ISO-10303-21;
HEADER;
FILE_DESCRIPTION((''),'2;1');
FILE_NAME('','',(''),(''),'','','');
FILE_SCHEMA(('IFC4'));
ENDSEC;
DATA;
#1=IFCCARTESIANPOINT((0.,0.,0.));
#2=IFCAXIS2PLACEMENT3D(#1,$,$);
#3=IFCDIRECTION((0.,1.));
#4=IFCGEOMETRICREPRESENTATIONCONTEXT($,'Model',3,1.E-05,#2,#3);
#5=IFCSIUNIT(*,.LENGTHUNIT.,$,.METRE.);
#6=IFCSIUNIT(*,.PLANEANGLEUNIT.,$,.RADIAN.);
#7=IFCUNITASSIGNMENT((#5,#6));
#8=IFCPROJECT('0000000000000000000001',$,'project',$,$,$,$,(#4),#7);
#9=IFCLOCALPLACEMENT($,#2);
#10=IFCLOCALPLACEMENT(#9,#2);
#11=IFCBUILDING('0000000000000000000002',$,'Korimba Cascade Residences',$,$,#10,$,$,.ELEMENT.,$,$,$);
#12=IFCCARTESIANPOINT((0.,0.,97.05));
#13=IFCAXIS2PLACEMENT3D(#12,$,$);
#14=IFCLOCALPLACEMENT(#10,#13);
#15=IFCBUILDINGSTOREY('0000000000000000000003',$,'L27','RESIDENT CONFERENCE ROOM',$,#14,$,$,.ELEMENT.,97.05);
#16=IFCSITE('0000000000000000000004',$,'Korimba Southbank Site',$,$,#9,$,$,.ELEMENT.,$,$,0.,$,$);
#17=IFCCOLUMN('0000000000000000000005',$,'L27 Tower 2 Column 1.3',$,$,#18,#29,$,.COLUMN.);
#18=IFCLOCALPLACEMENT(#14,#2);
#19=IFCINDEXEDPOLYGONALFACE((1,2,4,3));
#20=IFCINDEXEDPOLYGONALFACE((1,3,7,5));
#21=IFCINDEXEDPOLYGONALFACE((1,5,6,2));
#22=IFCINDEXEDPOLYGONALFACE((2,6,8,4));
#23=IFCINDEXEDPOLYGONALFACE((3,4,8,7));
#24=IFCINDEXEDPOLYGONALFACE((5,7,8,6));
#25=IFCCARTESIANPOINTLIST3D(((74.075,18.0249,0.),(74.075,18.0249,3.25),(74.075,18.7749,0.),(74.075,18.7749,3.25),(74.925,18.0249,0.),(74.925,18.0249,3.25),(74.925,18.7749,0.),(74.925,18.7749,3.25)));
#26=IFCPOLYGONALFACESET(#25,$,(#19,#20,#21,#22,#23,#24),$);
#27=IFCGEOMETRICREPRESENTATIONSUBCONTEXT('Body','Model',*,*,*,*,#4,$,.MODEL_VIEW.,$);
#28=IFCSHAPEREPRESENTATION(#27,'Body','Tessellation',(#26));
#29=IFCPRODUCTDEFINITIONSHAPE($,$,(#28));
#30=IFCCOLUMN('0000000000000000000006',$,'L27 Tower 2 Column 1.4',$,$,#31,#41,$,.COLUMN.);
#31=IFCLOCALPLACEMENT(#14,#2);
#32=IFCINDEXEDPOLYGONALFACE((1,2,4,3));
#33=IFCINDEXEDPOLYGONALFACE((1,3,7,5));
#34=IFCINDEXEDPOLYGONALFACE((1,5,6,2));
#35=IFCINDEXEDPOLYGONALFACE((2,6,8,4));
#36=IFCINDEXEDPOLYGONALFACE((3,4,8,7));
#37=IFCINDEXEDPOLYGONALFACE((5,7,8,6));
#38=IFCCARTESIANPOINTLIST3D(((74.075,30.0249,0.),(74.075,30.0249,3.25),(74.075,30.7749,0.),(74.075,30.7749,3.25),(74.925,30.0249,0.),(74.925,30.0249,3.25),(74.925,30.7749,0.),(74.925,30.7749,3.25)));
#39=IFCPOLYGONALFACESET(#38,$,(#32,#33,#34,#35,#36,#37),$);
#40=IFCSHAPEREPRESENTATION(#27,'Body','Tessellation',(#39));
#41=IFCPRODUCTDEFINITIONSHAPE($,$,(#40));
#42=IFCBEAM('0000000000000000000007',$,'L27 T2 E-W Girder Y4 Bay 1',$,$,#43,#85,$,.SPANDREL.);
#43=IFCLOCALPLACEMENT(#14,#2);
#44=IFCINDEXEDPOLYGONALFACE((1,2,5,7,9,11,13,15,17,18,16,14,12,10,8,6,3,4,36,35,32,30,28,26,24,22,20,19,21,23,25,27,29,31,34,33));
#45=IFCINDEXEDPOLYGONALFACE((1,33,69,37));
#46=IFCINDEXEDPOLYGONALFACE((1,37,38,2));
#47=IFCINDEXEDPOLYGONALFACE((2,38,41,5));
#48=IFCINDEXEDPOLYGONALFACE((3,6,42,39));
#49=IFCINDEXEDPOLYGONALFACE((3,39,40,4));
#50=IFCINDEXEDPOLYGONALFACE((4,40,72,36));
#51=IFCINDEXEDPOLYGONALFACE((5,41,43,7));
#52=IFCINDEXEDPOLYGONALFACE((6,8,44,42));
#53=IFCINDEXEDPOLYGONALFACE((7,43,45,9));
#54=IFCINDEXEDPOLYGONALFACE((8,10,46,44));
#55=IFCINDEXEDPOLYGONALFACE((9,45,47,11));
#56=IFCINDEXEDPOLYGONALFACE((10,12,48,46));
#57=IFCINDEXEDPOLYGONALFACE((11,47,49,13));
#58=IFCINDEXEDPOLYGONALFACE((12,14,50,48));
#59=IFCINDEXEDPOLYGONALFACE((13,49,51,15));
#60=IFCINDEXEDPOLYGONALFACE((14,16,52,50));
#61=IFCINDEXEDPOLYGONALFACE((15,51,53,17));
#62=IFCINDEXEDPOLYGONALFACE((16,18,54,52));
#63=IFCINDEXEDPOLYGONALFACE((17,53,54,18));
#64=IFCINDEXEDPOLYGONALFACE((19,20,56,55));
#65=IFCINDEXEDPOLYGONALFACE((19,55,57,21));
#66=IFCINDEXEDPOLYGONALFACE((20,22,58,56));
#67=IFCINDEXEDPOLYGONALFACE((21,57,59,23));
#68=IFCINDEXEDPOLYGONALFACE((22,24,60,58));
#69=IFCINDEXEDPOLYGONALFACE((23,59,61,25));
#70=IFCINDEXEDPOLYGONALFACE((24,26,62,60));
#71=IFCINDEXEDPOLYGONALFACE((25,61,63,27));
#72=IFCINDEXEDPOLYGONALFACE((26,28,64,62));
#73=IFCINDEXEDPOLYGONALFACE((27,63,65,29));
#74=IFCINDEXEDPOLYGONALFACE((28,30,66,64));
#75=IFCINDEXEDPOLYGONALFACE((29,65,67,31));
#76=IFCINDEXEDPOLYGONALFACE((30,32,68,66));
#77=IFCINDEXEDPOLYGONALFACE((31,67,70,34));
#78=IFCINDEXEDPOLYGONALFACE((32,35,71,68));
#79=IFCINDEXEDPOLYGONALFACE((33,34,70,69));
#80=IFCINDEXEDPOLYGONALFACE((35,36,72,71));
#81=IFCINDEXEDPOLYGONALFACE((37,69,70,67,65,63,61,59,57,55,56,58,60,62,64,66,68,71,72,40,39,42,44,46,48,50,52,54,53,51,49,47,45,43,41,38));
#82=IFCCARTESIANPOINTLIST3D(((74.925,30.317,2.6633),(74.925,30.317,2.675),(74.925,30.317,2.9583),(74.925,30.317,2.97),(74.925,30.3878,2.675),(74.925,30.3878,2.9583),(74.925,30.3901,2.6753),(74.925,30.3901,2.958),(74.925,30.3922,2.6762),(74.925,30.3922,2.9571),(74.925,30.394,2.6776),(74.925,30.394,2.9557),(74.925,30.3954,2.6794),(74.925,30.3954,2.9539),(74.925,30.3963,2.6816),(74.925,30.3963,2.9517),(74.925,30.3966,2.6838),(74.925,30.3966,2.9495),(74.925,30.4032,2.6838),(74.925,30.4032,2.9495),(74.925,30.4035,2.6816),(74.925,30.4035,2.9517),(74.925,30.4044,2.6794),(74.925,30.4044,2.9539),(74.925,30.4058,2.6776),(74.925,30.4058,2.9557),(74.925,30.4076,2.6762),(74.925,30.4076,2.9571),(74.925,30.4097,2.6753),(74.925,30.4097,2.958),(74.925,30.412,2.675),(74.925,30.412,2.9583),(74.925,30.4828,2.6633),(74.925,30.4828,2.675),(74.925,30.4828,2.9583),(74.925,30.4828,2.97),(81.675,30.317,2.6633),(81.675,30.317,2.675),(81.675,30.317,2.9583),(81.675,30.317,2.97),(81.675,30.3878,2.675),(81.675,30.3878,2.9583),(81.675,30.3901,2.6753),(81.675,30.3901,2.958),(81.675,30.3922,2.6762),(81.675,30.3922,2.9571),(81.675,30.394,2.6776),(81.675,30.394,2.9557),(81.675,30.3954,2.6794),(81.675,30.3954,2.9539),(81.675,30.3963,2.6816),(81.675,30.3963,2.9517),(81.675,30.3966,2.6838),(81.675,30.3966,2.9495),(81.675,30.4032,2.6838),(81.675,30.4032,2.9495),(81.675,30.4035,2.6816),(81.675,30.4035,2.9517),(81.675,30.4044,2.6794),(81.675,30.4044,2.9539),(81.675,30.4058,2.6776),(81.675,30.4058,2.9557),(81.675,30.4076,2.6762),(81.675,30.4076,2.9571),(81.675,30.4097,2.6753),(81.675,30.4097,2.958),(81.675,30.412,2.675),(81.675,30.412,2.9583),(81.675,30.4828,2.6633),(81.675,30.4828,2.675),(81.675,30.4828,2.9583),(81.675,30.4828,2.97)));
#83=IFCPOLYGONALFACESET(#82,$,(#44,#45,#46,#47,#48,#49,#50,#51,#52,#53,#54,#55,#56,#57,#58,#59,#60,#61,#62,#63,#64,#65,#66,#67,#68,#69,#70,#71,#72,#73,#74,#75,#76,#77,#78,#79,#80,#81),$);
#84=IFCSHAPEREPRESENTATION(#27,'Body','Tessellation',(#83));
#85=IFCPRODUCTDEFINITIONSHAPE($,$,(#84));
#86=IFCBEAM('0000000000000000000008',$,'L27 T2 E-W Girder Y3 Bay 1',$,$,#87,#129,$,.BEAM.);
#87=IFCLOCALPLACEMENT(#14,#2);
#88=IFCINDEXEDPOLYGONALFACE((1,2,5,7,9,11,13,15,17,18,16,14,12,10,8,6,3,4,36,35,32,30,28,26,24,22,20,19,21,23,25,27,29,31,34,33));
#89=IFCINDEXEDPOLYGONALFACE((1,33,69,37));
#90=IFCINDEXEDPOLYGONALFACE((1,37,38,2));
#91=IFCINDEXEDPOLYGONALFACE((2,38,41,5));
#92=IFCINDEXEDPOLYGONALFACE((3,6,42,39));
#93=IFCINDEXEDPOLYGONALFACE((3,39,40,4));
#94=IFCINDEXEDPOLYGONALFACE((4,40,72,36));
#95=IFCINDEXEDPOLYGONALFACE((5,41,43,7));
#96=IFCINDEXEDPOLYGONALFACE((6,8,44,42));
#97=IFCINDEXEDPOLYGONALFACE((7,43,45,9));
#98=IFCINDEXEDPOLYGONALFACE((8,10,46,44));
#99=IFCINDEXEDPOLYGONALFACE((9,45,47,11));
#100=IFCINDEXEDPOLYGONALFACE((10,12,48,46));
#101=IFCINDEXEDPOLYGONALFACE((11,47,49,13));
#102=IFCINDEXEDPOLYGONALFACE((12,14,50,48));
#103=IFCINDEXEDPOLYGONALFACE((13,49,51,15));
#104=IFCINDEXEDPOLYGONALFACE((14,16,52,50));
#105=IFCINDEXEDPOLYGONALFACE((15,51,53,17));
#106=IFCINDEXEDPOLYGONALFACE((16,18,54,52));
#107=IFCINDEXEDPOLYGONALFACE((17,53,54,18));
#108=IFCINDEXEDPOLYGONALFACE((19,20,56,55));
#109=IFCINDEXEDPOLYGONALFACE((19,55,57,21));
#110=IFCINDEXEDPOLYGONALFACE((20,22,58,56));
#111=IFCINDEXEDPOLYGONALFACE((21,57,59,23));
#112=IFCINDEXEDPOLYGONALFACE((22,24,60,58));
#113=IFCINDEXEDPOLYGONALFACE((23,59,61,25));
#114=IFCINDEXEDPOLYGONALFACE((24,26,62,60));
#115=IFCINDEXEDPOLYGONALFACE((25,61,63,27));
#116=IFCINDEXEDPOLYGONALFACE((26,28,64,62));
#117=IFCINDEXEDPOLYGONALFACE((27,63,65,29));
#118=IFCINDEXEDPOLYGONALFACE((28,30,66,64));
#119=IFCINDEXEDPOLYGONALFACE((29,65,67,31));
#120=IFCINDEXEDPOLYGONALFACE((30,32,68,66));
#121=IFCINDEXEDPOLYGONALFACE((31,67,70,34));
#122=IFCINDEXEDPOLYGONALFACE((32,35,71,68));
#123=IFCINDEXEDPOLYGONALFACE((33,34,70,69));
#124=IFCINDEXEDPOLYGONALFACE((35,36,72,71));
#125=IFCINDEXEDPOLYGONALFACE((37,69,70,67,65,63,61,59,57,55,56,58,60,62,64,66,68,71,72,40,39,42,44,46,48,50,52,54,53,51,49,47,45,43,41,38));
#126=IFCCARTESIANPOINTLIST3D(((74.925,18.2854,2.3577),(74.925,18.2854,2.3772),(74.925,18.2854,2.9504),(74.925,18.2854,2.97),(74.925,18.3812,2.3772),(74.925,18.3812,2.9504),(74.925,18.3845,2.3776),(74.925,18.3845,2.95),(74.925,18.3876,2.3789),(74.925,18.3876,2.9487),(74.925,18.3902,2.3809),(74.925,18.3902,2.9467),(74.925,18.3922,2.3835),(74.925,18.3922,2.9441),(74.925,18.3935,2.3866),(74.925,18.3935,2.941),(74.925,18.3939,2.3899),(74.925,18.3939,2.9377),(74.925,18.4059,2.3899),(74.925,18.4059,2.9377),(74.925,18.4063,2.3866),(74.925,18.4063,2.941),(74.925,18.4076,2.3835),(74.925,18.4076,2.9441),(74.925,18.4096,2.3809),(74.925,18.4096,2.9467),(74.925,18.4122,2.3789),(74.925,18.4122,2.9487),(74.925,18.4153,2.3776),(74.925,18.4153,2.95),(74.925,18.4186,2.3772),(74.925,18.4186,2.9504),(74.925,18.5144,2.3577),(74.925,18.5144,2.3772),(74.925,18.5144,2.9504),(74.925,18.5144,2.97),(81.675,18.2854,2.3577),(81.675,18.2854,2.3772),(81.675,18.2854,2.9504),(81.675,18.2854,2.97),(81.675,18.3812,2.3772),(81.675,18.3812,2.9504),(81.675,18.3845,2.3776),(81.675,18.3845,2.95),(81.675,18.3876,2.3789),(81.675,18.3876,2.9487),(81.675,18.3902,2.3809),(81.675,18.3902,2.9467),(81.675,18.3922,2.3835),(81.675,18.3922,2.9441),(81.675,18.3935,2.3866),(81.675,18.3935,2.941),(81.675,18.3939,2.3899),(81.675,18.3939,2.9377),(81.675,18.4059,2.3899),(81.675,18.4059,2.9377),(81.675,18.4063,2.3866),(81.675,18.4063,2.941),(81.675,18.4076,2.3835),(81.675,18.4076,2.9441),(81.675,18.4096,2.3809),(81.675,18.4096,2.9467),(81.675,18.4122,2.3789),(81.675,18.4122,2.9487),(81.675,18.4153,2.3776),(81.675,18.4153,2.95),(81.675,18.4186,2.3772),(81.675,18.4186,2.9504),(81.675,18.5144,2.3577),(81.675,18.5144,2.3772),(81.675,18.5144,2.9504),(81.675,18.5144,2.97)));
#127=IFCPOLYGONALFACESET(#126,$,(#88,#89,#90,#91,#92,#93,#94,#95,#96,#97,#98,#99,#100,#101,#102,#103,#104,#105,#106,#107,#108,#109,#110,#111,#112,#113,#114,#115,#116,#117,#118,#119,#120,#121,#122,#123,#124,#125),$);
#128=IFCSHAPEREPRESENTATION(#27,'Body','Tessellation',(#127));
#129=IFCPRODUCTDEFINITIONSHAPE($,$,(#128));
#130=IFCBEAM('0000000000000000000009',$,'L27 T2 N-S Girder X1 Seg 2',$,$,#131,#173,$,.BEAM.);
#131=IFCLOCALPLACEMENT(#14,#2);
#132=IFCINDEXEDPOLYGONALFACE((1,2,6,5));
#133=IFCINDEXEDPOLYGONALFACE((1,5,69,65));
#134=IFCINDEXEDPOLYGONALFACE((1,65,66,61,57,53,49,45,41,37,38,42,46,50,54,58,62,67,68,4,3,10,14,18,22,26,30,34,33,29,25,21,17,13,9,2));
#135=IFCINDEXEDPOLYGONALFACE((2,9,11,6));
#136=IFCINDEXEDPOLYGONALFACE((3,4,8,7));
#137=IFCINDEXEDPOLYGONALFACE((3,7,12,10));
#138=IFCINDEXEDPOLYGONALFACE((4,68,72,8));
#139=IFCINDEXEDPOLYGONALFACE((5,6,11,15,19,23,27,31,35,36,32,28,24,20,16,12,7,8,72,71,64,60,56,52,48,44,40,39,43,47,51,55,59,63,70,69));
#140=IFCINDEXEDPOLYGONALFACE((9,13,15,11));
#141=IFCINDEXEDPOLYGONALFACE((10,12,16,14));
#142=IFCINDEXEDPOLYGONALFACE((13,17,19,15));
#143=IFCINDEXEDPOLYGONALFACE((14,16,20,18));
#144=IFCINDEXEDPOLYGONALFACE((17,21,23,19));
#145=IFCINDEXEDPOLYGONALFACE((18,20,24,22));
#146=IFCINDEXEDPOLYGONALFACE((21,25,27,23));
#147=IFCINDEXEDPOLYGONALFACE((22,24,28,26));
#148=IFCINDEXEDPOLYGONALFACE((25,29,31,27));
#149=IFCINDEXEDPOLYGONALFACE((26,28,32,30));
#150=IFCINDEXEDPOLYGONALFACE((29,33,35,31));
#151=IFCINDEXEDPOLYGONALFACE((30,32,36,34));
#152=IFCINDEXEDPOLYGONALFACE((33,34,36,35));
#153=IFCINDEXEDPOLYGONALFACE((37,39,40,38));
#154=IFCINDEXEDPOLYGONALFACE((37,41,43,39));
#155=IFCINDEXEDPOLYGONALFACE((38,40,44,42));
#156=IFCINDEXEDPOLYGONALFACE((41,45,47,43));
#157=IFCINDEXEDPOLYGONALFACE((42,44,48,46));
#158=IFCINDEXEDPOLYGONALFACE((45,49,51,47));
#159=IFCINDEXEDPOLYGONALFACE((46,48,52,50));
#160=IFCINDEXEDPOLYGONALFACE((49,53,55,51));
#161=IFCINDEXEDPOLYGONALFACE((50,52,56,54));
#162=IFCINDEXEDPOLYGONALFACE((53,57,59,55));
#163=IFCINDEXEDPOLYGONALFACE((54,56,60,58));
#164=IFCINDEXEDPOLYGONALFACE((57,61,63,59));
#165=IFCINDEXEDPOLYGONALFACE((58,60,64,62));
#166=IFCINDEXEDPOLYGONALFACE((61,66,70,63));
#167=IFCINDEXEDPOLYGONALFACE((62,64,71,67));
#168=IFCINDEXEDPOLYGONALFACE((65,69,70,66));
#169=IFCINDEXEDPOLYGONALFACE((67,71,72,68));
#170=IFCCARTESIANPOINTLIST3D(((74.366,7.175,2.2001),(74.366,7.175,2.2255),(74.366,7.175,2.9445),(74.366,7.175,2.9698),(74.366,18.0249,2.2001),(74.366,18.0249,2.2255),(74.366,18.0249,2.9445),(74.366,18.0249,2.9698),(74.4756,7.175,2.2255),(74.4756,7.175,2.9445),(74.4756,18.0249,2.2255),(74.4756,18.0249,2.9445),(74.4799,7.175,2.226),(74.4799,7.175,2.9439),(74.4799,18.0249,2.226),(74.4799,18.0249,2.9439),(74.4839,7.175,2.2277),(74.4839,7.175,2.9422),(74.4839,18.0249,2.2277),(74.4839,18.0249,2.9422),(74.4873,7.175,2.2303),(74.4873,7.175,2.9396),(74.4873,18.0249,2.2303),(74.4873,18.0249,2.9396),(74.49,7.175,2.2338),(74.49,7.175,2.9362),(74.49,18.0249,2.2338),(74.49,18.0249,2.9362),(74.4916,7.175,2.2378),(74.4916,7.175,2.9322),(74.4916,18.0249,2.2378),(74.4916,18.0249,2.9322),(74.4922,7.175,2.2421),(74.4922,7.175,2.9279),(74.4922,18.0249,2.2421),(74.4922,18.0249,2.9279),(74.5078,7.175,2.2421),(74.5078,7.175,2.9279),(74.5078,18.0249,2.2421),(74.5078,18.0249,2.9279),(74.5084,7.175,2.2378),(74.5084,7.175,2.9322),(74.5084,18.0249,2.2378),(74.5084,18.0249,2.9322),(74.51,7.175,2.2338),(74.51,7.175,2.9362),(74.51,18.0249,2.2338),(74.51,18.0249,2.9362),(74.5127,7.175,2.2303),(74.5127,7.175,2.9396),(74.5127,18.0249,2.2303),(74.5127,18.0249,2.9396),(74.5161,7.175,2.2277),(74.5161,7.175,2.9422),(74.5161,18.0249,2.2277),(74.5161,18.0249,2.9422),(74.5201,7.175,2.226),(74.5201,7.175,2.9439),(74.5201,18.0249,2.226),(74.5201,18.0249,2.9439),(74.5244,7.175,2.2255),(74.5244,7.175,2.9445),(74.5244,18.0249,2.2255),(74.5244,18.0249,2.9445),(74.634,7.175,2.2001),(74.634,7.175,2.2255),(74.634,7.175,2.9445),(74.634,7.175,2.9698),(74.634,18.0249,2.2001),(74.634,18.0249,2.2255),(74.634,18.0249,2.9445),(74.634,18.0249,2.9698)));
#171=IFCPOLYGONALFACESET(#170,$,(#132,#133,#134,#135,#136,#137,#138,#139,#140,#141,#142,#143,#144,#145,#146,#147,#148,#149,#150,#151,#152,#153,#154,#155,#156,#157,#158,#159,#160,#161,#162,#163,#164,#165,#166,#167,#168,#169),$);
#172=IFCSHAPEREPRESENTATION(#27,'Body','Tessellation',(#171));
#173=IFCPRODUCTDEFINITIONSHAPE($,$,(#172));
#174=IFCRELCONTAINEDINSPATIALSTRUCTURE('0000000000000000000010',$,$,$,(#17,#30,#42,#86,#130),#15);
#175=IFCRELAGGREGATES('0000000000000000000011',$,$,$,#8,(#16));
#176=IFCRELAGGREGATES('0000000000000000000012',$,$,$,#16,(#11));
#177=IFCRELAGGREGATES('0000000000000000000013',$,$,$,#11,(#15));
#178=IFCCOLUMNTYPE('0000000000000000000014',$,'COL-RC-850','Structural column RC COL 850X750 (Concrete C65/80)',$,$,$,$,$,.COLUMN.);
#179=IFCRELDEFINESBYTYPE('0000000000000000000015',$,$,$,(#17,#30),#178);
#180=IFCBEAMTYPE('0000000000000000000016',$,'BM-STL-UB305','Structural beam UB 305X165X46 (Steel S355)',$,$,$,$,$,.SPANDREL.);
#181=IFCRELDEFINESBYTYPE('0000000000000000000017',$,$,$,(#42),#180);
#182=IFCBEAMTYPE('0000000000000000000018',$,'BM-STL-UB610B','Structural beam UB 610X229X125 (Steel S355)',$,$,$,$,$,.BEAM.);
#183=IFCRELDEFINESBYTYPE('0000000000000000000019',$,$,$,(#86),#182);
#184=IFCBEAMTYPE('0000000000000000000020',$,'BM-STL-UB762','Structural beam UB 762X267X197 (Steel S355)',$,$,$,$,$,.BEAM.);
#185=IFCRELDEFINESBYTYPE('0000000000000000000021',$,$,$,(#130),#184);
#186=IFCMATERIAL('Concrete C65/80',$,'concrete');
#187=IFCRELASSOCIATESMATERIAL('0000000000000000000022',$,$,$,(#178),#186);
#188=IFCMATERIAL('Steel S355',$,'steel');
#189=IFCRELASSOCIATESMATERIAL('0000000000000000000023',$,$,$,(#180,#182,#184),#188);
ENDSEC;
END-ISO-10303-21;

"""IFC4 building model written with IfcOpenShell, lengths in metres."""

from ifc_helpers import new_model, si_unit, direction, frame, origin, origin_2d, place, context, subcontext, project, spatial, rectangle, i_section, extrude, material, material_profile, profile_set, type_object, element, save


model = new_model("IFC4")

# Units and contexts
model_context = context("Model", 3, precision=1e-05, world=origin(), true_north=direction((0.0, 1.0)))
body_context = subcontext(model_context, "Body", "Model", "MODEL_VIEW")
ifc_project = project(units=[si_unit("LENGTHUNIT", "METRE"), si_unit("PLANEANGLEUNIT", "RADIAN")], contexts=[model_context])

# Site, building, storey
site_placement = place(None, origin())
site = spatial("IfcSite", under=ifc_project, at=site_placement, Name="Korimba Southbank Site", CompositionType="ELEMENT", RefElevation=0.0)
building_placement = place(site_placement, origin())
building = spatial("IfcBuilding", under=site, at=building_placement, Name="Korimba Cascade Residences", CompositionType="ELEMENT")
storey_placement = place(building_placement, frame((0.0, 0.0, 97.05)))
storey = spatial("IfcBuildingStorey", under=building, at=storey_placement, Name="L27", Description="RESIDENT CONFERENCE ROOM", CompositionType="ELEMENT", Elevation=97.05)

# Columns
ifc_material_1 = material(Name="Concrete C65/80", Category="concrete")
ifc_material_profile_1 = material_profile(ifc_material_1, rectangle(XDim=0.8501, YDim=0.75, at=origin_2d()), Name="Concrete C65/80")
ifc_profile_set_1 = profile_set([ifc_material_profile_1], Name="Concrete C65/80")
column_type = type_object("IfcColumnType", Name="COL-RC-850", Description="Structural column RC COL 850X750 (Concrete C65/80)", PredefinedType="COLUMN", material=ifc_profile_set_1)
for number, where, z_axis, x_axis, name in (
    (1, (74.5, 18.3999, 0.0), (0.0, 0.0, 1.0), (1.0, 0.0, 0.0), "L27 Tower 2 Column 1.3"),
    (2, (74.5, 30.3999, 0.0), (0.0, 0.0, 1.0), (1.0, 0.0, 0.0), "L27 Tower 2 Column 1.4"),
):
    element("IfcColumn", number, at=place(storey_placement, frame(where, z_axis=z_axis, x_axis=x_axis)), inside=storey, type_object=column_type, Name=name, PredefinedType="COLUMN", context=body_context, shape_type="SweptSolid", body=[
        extrude(rectangle(XDim=0.8501, YDim=0.75, at=origin_2d()), origin(), (0.0, 0.0, 1.0), 3.25),
    ])

# Beams
ifc_material_2 = material(Name="Steel S355", Category="steel")
ifc_material_profile_2 = material_profile(ifc_material_2, i_section(OverallWidth=0.1658, OverallDepth=0.3066, WebThickness=0.0066, FlangeThickness=0.0117, FilletRadius=0.0088, at=origin_2d()), Name="Steel S355")
ifc_profile_set_2 = profile_set([ifc_material_profile_2], Name="Steel S355")
beam_type_1 = type_object("IfcBeamType", Name="BM-STL-UB305", Description="Structural beam UB 305X165X46 (Steel S355)", PredefinedType="SPANDREL", material=ifc_profile_set_2)
beam_1_placement = place(storey_placement, frame((74.925, 30.3999, 2.8167), z_axis=(1.0, 0.0, 0.0), x_axis=(0.0, 1.0, 0.0)))
element("IfcBeam", 3, at=beam_1_placement, inside=storey, type_object=beam_type_1, Name="L27 T2 E-W Girder Y4 Bay 1", PredefinedType="SPANDREL", context=body_context, shape_type="SweptSolid", body=[
    extrude(i_section(OverallWidth=0.1658, OverallDepth=0.3066, WebThickness=0.0066, FlangeThickness=0.0117, FilletRadius=0.0088, at=origin_2d()), origin(), (0.0, 0.0, 1.0), 6.75),
])
ifc_material_profile_3 = material_profile(ifc_material_2, i_section(OverallWidth=0.229, OverallDepth=0.6123, WebThickness=0.012, FlangeThickness=0.0195, FilletRadius=0.0127, at=origin_2d()), Name="Steel S355")
ifc_profile_set_3 = profile_set([ifc_material_profile_3], Name="Steel S355")
beam_type_2 = type_object("IfcBeamType", Name="BM-STL-UB610B", Description="Structural beam UB 610X229X125 (Steel S355)", PredefinedType="BEAM", material=ifc_profile_set_3)
beam_2_placement = place(storey_placement, frame((74.925, 18.3999, 2.6638), z_axis=(1.0, 0.0, 0.0), x_axis=(0.0, 1.0, 0.0)))
element("IfcBeam", 4, at=beam_2_placement, inside=storey, type_object=beam_type_2, Name="L27 T2 E-W Girder Y3 Bay 1", PredefinedType="BEAM", context=body_context, shape_type="SweptSolid", body=[
    extrude(i_section(OverallWidth=0.229, OverallDepth=0.6123, WebThickness=0.012, FlangeThickness=0.0195, FilletRadius=0.0127, at=origin_2d()), origin(), (0.0, 0.0, 1.0), 6.75),
])
ifc_material_profile_4 = material_profile(ifc_material_2, i_section(OverallWidth=0.2681, OverallDepth=0.7698, WebThickness=0.0156, FlangeThickness=0.0254, FilletRadius=0.0166, at=origin_2d()), Name="Steel S355")
ifc_profile_set_4 = profile_set([ifc_material_profile_4], Name="Steel S355")
beam_type_3 = type_object("IfcBeamType", Name="BM-STL-UB762", Description="Structural beam UB 762X267X197 (Steel S355)", PredefinedType="BEAM", material=ifc_profile_set_4)
beam_3_placement = place(storey_placement, frame((74.5, 7.175, 2.585), z_axis=(0.0, 1.0, 0.0), x_axis=(-1.0, 0.0, 0.0)))
element("IfcBeam", 5, at=beam_3_placement, inside=storey, type_object=beam_type_3, Name="L27 T2 N-S Girder X1 Seg 2", PredefinedType="BEAM", context=body_context, shape_type="SweptSolid", body=[
    extrude(i_section(OverallWidth=0.2681, OverallDepth=0.7698, WebThickness=0.0156, FlangeThickness=0.0254, FilletRadius=0.0166, at=origin_2d()), origin(), (0.0, 0.0, 1.0), 10.8499),
])

save(model, "model.ifc")
